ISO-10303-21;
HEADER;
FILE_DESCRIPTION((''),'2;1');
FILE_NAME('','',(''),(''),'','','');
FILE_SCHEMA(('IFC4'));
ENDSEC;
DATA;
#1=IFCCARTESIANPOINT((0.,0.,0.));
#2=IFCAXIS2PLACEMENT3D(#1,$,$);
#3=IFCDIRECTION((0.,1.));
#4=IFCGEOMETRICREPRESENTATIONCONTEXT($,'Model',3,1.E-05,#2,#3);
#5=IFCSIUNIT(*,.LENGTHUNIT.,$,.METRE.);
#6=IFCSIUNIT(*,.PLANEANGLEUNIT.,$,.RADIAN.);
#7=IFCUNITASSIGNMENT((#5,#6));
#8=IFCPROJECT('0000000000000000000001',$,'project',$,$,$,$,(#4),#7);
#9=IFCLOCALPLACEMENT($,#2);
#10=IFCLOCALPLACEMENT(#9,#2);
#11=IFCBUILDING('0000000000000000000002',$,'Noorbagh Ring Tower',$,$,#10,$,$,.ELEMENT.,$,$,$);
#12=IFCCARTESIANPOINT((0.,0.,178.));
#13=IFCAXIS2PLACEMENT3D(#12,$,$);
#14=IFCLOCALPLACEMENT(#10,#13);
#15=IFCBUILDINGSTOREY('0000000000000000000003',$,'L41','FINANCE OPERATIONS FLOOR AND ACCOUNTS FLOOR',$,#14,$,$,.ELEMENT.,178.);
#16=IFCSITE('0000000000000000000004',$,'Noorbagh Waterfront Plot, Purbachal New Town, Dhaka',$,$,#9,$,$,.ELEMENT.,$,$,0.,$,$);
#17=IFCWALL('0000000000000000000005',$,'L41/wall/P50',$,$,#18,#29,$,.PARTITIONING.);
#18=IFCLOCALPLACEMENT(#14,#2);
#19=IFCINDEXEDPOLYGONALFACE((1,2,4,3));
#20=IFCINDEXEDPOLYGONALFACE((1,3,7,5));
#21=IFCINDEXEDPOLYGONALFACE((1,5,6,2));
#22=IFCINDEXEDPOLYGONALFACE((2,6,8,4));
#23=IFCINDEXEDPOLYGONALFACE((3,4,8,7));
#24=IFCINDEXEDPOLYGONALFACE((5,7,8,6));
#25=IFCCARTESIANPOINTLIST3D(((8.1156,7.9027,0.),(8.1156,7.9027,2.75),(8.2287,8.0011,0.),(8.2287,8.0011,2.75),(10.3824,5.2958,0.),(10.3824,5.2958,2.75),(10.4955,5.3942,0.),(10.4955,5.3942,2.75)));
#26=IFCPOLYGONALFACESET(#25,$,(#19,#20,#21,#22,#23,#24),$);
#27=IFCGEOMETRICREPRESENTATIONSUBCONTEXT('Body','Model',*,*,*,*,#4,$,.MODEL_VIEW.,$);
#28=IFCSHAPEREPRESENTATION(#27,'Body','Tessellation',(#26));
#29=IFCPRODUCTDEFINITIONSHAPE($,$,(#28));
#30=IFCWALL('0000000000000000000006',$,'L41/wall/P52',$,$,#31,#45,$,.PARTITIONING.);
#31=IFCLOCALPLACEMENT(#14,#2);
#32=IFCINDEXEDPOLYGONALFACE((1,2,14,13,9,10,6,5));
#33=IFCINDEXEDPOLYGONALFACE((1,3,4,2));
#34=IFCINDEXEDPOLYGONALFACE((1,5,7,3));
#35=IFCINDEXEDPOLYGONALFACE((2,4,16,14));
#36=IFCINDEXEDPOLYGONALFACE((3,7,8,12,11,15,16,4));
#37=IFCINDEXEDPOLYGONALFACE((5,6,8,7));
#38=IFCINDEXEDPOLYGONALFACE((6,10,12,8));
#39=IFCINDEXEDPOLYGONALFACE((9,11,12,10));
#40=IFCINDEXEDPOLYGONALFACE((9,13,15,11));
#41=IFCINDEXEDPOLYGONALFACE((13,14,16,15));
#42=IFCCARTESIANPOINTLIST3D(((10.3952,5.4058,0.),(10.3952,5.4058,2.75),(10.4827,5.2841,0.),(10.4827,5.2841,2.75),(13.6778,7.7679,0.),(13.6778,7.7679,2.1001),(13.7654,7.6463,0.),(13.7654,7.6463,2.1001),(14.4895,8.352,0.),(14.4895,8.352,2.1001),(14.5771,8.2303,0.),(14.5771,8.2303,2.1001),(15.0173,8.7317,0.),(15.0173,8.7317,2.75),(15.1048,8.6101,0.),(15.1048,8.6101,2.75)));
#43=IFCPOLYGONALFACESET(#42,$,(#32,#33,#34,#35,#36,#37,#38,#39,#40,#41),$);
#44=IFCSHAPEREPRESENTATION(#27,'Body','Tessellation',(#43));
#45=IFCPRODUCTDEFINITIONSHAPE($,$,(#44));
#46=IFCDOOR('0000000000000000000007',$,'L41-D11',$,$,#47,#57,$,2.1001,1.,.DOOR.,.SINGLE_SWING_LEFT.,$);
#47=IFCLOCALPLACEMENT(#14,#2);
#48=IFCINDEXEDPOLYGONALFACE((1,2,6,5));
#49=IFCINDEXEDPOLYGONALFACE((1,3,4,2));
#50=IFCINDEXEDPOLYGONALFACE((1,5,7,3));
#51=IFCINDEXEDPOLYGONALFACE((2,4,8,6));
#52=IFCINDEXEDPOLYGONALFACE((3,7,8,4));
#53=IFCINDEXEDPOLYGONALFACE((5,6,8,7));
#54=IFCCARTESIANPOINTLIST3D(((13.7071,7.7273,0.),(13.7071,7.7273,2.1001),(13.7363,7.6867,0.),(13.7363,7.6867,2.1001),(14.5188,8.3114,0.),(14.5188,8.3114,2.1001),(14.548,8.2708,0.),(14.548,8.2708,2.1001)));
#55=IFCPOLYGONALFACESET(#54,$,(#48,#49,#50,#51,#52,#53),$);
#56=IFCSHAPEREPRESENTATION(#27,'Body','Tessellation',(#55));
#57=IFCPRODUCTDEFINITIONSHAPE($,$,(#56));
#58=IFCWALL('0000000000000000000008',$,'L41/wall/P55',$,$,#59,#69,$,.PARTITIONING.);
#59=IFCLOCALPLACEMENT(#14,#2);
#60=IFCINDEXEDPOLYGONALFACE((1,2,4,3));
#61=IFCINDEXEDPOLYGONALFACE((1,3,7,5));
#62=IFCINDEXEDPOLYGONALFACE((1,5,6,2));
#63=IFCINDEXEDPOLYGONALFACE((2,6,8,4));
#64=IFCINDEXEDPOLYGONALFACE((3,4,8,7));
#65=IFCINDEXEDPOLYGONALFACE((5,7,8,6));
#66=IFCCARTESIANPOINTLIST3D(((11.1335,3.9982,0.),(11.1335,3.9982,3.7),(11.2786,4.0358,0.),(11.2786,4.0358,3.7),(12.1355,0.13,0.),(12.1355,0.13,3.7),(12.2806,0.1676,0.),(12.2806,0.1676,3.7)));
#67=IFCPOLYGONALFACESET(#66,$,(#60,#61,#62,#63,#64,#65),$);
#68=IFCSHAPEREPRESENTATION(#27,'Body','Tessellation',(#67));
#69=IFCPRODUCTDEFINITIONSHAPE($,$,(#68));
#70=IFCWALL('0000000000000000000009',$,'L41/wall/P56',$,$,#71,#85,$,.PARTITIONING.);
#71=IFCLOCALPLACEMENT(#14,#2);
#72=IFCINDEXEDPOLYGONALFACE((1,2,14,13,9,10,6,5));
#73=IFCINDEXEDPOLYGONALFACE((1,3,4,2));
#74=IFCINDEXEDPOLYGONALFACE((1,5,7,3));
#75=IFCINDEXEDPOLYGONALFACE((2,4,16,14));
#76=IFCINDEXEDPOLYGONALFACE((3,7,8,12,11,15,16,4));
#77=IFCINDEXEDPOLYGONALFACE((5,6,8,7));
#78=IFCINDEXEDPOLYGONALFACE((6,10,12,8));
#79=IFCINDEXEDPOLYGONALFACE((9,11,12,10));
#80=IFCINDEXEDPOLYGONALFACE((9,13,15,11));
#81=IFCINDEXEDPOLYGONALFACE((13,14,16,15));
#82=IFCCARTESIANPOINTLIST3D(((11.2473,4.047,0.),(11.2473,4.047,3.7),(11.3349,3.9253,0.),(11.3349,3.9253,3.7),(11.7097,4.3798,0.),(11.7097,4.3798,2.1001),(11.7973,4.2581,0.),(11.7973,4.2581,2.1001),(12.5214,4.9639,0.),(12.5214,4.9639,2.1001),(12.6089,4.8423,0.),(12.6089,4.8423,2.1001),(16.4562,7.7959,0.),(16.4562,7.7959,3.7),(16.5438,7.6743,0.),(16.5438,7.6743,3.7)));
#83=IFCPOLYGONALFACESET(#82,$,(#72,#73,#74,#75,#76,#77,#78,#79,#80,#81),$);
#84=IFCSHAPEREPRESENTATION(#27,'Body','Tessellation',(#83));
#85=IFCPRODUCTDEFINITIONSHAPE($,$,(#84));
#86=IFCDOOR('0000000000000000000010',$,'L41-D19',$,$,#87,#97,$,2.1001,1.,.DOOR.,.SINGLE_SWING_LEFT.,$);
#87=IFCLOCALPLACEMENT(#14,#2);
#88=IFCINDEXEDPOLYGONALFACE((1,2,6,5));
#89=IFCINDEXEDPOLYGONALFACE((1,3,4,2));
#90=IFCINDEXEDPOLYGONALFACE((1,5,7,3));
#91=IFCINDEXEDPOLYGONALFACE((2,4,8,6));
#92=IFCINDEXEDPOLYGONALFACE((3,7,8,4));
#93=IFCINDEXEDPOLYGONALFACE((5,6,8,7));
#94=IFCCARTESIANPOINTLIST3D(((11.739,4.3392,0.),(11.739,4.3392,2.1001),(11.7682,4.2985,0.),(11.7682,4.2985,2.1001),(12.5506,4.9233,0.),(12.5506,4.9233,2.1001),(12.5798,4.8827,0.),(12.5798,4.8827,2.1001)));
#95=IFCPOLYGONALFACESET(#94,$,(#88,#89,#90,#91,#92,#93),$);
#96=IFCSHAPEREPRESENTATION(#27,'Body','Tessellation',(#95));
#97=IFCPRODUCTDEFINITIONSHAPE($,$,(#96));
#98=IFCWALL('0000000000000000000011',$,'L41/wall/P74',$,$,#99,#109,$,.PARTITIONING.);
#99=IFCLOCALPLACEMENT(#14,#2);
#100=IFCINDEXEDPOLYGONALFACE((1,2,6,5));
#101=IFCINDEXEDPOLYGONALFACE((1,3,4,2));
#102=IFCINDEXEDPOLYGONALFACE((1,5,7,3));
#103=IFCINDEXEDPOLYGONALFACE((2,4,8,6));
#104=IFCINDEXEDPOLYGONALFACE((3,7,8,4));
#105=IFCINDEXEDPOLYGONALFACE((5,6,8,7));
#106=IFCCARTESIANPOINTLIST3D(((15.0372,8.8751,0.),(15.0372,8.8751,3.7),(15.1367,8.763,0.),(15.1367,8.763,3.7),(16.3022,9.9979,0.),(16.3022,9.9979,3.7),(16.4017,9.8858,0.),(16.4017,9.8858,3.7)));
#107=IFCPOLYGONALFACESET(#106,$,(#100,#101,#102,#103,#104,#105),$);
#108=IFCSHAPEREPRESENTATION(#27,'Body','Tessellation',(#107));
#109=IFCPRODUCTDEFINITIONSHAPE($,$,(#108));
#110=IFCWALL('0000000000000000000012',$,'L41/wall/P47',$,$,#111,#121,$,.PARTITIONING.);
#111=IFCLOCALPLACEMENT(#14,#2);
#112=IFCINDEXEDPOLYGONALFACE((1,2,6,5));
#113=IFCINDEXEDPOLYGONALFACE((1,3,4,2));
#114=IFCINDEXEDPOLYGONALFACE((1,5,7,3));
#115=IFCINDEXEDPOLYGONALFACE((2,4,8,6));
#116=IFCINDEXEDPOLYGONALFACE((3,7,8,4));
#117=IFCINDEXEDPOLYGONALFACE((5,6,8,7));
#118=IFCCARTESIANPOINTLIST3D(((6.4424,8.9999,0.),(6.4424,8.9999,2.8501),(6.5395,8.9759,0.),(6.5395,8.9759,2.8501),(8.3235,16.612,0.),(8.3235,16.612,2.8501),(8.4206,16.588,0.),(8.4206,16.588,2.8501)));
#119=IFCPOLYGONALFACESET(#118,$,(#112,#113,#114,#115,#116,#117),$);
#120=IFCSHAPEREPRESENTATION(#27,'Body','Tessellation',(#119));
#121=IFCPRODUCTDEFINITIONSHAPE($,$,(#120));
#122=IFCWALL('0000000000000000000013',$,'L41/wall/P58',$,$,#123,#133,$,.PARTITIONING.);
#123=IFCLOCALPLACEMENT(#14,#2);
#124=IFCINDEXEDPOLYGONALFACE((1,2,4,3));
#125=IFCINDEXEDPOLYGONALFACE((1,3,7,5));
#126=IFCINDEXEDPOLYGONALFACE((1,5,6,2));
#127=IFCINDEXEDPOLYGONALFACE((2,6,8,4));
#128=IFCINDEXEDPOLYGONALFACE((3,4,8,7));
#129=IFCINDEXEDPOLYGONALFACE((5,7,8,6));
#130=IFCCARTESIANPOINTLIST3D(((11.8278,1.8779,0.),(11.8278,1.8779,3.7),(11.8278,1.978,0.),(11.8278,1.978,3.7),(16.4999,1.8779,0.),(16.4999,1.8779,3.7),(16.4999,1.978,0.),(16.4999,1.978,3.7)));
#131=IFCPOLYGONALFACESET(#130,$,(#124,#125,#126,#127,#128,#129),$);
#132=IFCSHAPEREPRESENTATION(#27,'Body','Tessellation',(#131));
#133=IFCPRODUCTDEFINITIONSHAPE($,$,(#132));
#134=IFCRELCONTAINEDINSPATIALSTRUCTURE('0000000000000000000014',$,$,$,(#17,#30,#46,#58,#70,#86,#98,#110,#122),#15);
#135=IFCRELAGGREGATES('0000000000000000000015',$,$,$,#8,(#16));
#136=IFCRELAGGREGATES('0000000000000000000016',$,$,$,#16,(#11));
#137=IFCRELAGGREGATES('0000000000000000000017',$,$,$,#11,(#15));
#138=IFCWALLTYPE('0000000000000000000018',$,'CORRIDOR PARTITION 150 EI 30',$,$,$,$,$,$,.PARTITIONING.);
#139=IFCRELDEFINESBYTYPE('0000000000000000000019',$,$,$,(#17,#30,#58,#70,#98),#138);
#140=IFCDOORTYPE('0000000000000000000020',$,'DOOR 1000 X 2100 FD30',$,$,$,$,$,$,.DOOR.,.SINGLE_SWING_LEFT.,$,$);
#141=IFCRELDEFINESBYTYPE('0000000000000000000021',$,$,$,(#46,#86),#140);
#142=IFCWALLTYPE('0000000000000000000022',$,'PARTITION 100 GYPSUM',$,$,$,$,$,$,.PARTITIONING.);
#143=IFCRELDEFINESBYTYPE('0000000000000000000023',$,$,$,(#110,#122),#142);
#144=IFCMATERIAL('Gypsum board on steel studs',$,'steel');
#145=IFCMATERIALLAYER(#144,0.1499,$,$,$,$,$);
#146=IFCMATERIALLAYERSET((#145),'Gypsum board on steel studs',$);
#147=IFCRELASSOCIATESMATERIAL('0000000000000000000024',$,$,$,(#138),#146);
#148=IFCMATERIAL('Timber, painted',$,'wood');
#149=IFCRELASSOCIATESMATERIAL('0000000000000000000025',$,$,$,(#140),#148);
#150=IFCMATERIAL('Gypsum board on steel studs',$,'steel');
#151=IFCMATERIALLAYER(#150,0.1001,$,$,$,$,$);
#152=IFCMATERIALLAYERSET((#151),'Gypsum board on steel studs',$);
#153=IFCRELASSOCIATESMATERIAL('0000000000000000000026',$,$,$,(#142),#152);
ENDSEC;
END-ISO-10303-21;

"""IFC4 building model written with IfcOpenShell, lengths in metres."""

from ifc_helpers import new_model, si_unit, direction, frame, frame_2d, origin, place, context, subcontext, project, spatial, rectangle, extrude, material, layer, layer_set, type_object, element, fill, save


model = new_model("IFC4")

# Units and contexts
model_context = context("Model", 3, precision=1e-05, world=origin(), true_north=direction((0.0, 1.0)))
body_context = subcontext(model_context, "Body", "Model", "MODEL_VIEW")
ifc_project = project(units=[si_unit("LENGTHUNIT", "METRE"), si_unit("PLANEANGLEUNIT", "RADIAN")], contexts=[model_context])

# Site, building, storey
site_placement = place(None, origin())
site = spatial("IfcSite", under=ifc_project, at=site_placement, Name="Noorbagh Waterfront Plot, Purbachal New Town, Dhaka", CompositionType="ELEMENT", RefElevation=0.0)
building_placement = place(site_placement, origin())
building = spatial("IfcBuilding", under=site, at=building_placement, Name="Noorbagh Ring Tower", CompositionType="ELEMENT")
storey_placement = place(building_placement, frame((0.0, 0.0, 178.0)))
storey = spatial("IfcBuildingStorey", under=building, at=storey_placement, Name="L41", Description="FINANCE OPERATIONS FLOOR AND ACCOUNTS FLOOR", CompositionType="ELEMENT", Elevation=178.0)

# Wall
ifc_material_1 = material(Name="Gypsum board on steel studs", Category="steel")
ifc_layer_1 = layer(ifc_material_1, 0.1499)
ifc_layer_set_1 = layer_set([ifc_layer_1], Name="Gypsum board on steel studs")
wall_type_1 = type_object("IfcWallType", Name="CORRIDOR PARTITION 150 EI 30", PredefinedType="PARTITIONING", material=ifc_layer_set_1)
wall_1_placement = place(storey_placement, frame((8.1721, 7.9519, 0.0), z_axis=(0.0, 0.0, 1.0), x_axis=(0.65617, -0.754613, 0.0)))
element("IfcWall", 1, at=wall_1_placement, inside=storey, type_object=wall_type_1, Name="L41/wall/P50", PredefinedType="PARTITIONING", context=body_context, shape_type="SweptSolid", body=[
    extrude(rectangle(XDim=3.4546, YDim=0.1499, at=frame_2d((1.7273, 0.0))), origin(), (0.0, 0.0, 1.0), 2.75),
])

# Wall, opening, door
wall_2_placement = place(storey_placement, frame((10.439, 5.345, 0.0), z_axis=(0.0, 0.0, 1.0), x_axis=(0.811698, 0.584078, 0.0)))
wall_2 = element("IfcWall", 2, at=wall_2_placement, inside=storey, type_object=wall_type_1, Name="L41/wall/P52", PredefinedType="PARTITIONING", context=body_context, shape_type="SweptSolid", body=[
    extrude(rectangle(XDim=5.6943, YDim=0.1499, at=frame_2d((2.8472, 0.0))), origin(), (0.0, 0.0, 1.0), 2.75),
])
opening_1_placement = place(wall_2_placement, frame((4.0442, 0.0, 0.0)))
opening_1 = element("IfcOpeningElement", 3, at=opening_1_placement, cuts=wall_2, PredefinedType="OPENING", context=body_context, shape_type="SweptSolid", body=[
    extrude(rectangle(XDim=1.0, YDim=2.1001, at=frame_2d((0.5, 1.05))), frame((0.0, 0.085, 0.0), z_axis=(0.0, -1.0, 0.0), x_axis=(1.0, 0.0, 0.0)), (0.0, 0.0, 1.0), 0.1699),
])
ifc_material_2 = material(Name="Timber, painted", Category="wood")
door_type_1 = type_object("IfcDoorType", Name="DOOR 1000 X 2100 FD30", OperationType="SINGLE_SWING_LEFT", PredefinedType="DOOR", material=ifc_material_2)
door_1_placement = place(opening_1_placement, origin())
door_1 = element("IfcDoor", 4, at=door_1_placement, inside=storey, type_object=door_type_1, Name="L41-D11", OperationType="SINGLE_SWING_LEFT", OverallHeight=2.1001, OverallWidth=1.0, PredefinedType="DOOR", context=body_context, shape_type="SweptSolid", body=[
    extrude(rectangle(XDim=1.0, YDim=2.1001, at=frame_2d((0.5, 1.05))), frame((0.0, 0.0249, 0.0), z_axis=(0.0, -1.0, 0.0), x_axis=(1.0, 0.0, 0.0)), (0.0, 0.0, 1.0), 0.05),
])
fill(opening_1, door_1)

# Wall
wall_3_placement = place(storey_placement, frame((11.2061, 4.0171, 0.0), z_axis=(0.0, 0.0, 1.0), x_axis=(0.25075, -0.968052, 0.0)))
element("IfcWall", 5, at=wall_3_placement, inside=storey, type_object=wall_type_1, Name="L41/wall/P55", PredefinedType="PARTITIONING", context=body_context, shape_type="SweptSolid", body=[
    extrude(rectangle(XDim=3.9958, YDim=0.1499, at=frame_2d((1.998, 0.0))), origin(), (0.0, 0.0, 1.0), 3.7),
])

# Wall, opening, door
wall_4_placement = place(storey_placement, frame((11.291, 3.9861, 0.0), z_axis=(0.0, 0.0, 1.0), x_axis=(0.811641, 0.584156, 0.0)))
wall_4 = element("IfcWall", 6, at=wall_4_placement, inside=storey, type_object=wall_type_1, Name="L41/wall/P56", PredefinedType="PARTITIONING", context=body_context, shape_type="SweptSolid", body=[
    extrude(rectangle(XDim=6.4177, YDim=0.1499, at=frame_2d((3.209, 0.0))), origin(), (0.0, 0.0, 1.0), 3.7),
])
opening_2_placement = place(wall_4_placement, frame((0.5698, 0.0, 0.0)))
opening_2 = element("IfcOpeningElement", 7, at=opening_2_placement, cuts=wall_4, PredefinedType="OPENING", context=body_context, shape_type="SweptSolid", body=[
    extrude(rectangle(XDim=1.0, YDim=2.1001, at=frame_2d((0.5, 1.05))), frame((0.0, 0.085, 0.0), z_axis=(0.0, -1.0, 0.0), x_axis=(1.0, 0.0, 0.0)), (0.0, 0.0, 1.0), 0.1699),
])
door_2_placement = place(opening_2_placement, origin())
door_2 = element("IfcDoor", 8, at=door_2_placement, inside=storey, type_object=door_type_1, Name="L41-D19", OperationType="SINGLE_SWING_LEFT", OverallHeight=2.1001, OverallWidth=1.0, PredefinedType="DOOR", context=body_context, shape_type="SweptSolid", body=[
    extrude(rectangle(XDim=1.0, YDim=2.1001, at=frame_2d((0.5, 1.05))), frame((0.0, 0.0249, 0.0), z_axis=(0.0, -1.0, 0.0), x_axis=(1.0, 0.0, 0.0)), (0.0, 0.0, 1.0), 0.05),
])
fill(opening_2, door_2)

# Walls
wall_5_placement = place(storey_placement, frame((15.0869, 8.8191, 0.0), z_axis=(0.0, 0.0, 1.0), x_axis=(0.747927, 0.663781, 0.0)))
element("IfcWall", 9, at=wall_5_placement, inside=storey, type_object=wall_type_1, Name="L41/wall/P74", PredefinedType="PARTITIONING", context=body_context, shape_type="SweptSolid", body=[
    extrude(rectangle(XDim=1.6914, YDim=0.1499, at=frame_2d((0.8457, 0.0))), origin(), (0.0, 0.0, 1.0), 3.7),
])
ifc_material_3 = material(Name="Gypsum board on steel studs", Category="steel")
ifc_layer_2 = layer(ifc_material_3, 0.1001)
ifc_layer_set_2 = layer_set([ifc_layer_2], Name="Gypsum board on steel studs")
wall_type_2 = type_object("IfcWallType", Name="PARTITION 100 GYPSUM", PredefinedType="PARTITIONING", material=ifc_layer_set_2)
wall_6_placement = place(storey_placement, frame((6.491, 8.988, 0.0), z_axis=(0.0, 0.0, 1.0), x_axis=(0.239905, 0.970796, 0.0)))
element("IfcWall", 10, at=wall_6_placement, inside=storey, type_object=wall_type_2, Name="L41/wall/P47", PredefinedType="PARTITIONING", context=body_context, shape_type="SweptSolid", body=[
    extrude(rectangle(XDim=7.8411, YDim=0.1001, at=frame_2d((3.9204, 0.0))), origin(), (0.0, 0.0, 1.0), 2.8501),
])
wall_7_placement = place(storey_placement, frame((11.8279, 1.928, 0.0), z_axis=(0.0, 0.0, 1.0), x_axis=(1.0, 0.0, 0.0)))
element("IfcWall", 11, at=wall_7_placement, inside=storey, type_object=wall_type_2, Name="L41/wall/P58", PredefinedType="PARTITIONING", context=body_context, shape_type="SweptSolid", body=[
    extrude(rectangle(XDim=4.6721, YDim=0.1001, at=frame_2d((2.3359, 0.0))), origin(), (0.0, 0.0, 1.0), 3.7),
])

save(model, "model.ifc")
